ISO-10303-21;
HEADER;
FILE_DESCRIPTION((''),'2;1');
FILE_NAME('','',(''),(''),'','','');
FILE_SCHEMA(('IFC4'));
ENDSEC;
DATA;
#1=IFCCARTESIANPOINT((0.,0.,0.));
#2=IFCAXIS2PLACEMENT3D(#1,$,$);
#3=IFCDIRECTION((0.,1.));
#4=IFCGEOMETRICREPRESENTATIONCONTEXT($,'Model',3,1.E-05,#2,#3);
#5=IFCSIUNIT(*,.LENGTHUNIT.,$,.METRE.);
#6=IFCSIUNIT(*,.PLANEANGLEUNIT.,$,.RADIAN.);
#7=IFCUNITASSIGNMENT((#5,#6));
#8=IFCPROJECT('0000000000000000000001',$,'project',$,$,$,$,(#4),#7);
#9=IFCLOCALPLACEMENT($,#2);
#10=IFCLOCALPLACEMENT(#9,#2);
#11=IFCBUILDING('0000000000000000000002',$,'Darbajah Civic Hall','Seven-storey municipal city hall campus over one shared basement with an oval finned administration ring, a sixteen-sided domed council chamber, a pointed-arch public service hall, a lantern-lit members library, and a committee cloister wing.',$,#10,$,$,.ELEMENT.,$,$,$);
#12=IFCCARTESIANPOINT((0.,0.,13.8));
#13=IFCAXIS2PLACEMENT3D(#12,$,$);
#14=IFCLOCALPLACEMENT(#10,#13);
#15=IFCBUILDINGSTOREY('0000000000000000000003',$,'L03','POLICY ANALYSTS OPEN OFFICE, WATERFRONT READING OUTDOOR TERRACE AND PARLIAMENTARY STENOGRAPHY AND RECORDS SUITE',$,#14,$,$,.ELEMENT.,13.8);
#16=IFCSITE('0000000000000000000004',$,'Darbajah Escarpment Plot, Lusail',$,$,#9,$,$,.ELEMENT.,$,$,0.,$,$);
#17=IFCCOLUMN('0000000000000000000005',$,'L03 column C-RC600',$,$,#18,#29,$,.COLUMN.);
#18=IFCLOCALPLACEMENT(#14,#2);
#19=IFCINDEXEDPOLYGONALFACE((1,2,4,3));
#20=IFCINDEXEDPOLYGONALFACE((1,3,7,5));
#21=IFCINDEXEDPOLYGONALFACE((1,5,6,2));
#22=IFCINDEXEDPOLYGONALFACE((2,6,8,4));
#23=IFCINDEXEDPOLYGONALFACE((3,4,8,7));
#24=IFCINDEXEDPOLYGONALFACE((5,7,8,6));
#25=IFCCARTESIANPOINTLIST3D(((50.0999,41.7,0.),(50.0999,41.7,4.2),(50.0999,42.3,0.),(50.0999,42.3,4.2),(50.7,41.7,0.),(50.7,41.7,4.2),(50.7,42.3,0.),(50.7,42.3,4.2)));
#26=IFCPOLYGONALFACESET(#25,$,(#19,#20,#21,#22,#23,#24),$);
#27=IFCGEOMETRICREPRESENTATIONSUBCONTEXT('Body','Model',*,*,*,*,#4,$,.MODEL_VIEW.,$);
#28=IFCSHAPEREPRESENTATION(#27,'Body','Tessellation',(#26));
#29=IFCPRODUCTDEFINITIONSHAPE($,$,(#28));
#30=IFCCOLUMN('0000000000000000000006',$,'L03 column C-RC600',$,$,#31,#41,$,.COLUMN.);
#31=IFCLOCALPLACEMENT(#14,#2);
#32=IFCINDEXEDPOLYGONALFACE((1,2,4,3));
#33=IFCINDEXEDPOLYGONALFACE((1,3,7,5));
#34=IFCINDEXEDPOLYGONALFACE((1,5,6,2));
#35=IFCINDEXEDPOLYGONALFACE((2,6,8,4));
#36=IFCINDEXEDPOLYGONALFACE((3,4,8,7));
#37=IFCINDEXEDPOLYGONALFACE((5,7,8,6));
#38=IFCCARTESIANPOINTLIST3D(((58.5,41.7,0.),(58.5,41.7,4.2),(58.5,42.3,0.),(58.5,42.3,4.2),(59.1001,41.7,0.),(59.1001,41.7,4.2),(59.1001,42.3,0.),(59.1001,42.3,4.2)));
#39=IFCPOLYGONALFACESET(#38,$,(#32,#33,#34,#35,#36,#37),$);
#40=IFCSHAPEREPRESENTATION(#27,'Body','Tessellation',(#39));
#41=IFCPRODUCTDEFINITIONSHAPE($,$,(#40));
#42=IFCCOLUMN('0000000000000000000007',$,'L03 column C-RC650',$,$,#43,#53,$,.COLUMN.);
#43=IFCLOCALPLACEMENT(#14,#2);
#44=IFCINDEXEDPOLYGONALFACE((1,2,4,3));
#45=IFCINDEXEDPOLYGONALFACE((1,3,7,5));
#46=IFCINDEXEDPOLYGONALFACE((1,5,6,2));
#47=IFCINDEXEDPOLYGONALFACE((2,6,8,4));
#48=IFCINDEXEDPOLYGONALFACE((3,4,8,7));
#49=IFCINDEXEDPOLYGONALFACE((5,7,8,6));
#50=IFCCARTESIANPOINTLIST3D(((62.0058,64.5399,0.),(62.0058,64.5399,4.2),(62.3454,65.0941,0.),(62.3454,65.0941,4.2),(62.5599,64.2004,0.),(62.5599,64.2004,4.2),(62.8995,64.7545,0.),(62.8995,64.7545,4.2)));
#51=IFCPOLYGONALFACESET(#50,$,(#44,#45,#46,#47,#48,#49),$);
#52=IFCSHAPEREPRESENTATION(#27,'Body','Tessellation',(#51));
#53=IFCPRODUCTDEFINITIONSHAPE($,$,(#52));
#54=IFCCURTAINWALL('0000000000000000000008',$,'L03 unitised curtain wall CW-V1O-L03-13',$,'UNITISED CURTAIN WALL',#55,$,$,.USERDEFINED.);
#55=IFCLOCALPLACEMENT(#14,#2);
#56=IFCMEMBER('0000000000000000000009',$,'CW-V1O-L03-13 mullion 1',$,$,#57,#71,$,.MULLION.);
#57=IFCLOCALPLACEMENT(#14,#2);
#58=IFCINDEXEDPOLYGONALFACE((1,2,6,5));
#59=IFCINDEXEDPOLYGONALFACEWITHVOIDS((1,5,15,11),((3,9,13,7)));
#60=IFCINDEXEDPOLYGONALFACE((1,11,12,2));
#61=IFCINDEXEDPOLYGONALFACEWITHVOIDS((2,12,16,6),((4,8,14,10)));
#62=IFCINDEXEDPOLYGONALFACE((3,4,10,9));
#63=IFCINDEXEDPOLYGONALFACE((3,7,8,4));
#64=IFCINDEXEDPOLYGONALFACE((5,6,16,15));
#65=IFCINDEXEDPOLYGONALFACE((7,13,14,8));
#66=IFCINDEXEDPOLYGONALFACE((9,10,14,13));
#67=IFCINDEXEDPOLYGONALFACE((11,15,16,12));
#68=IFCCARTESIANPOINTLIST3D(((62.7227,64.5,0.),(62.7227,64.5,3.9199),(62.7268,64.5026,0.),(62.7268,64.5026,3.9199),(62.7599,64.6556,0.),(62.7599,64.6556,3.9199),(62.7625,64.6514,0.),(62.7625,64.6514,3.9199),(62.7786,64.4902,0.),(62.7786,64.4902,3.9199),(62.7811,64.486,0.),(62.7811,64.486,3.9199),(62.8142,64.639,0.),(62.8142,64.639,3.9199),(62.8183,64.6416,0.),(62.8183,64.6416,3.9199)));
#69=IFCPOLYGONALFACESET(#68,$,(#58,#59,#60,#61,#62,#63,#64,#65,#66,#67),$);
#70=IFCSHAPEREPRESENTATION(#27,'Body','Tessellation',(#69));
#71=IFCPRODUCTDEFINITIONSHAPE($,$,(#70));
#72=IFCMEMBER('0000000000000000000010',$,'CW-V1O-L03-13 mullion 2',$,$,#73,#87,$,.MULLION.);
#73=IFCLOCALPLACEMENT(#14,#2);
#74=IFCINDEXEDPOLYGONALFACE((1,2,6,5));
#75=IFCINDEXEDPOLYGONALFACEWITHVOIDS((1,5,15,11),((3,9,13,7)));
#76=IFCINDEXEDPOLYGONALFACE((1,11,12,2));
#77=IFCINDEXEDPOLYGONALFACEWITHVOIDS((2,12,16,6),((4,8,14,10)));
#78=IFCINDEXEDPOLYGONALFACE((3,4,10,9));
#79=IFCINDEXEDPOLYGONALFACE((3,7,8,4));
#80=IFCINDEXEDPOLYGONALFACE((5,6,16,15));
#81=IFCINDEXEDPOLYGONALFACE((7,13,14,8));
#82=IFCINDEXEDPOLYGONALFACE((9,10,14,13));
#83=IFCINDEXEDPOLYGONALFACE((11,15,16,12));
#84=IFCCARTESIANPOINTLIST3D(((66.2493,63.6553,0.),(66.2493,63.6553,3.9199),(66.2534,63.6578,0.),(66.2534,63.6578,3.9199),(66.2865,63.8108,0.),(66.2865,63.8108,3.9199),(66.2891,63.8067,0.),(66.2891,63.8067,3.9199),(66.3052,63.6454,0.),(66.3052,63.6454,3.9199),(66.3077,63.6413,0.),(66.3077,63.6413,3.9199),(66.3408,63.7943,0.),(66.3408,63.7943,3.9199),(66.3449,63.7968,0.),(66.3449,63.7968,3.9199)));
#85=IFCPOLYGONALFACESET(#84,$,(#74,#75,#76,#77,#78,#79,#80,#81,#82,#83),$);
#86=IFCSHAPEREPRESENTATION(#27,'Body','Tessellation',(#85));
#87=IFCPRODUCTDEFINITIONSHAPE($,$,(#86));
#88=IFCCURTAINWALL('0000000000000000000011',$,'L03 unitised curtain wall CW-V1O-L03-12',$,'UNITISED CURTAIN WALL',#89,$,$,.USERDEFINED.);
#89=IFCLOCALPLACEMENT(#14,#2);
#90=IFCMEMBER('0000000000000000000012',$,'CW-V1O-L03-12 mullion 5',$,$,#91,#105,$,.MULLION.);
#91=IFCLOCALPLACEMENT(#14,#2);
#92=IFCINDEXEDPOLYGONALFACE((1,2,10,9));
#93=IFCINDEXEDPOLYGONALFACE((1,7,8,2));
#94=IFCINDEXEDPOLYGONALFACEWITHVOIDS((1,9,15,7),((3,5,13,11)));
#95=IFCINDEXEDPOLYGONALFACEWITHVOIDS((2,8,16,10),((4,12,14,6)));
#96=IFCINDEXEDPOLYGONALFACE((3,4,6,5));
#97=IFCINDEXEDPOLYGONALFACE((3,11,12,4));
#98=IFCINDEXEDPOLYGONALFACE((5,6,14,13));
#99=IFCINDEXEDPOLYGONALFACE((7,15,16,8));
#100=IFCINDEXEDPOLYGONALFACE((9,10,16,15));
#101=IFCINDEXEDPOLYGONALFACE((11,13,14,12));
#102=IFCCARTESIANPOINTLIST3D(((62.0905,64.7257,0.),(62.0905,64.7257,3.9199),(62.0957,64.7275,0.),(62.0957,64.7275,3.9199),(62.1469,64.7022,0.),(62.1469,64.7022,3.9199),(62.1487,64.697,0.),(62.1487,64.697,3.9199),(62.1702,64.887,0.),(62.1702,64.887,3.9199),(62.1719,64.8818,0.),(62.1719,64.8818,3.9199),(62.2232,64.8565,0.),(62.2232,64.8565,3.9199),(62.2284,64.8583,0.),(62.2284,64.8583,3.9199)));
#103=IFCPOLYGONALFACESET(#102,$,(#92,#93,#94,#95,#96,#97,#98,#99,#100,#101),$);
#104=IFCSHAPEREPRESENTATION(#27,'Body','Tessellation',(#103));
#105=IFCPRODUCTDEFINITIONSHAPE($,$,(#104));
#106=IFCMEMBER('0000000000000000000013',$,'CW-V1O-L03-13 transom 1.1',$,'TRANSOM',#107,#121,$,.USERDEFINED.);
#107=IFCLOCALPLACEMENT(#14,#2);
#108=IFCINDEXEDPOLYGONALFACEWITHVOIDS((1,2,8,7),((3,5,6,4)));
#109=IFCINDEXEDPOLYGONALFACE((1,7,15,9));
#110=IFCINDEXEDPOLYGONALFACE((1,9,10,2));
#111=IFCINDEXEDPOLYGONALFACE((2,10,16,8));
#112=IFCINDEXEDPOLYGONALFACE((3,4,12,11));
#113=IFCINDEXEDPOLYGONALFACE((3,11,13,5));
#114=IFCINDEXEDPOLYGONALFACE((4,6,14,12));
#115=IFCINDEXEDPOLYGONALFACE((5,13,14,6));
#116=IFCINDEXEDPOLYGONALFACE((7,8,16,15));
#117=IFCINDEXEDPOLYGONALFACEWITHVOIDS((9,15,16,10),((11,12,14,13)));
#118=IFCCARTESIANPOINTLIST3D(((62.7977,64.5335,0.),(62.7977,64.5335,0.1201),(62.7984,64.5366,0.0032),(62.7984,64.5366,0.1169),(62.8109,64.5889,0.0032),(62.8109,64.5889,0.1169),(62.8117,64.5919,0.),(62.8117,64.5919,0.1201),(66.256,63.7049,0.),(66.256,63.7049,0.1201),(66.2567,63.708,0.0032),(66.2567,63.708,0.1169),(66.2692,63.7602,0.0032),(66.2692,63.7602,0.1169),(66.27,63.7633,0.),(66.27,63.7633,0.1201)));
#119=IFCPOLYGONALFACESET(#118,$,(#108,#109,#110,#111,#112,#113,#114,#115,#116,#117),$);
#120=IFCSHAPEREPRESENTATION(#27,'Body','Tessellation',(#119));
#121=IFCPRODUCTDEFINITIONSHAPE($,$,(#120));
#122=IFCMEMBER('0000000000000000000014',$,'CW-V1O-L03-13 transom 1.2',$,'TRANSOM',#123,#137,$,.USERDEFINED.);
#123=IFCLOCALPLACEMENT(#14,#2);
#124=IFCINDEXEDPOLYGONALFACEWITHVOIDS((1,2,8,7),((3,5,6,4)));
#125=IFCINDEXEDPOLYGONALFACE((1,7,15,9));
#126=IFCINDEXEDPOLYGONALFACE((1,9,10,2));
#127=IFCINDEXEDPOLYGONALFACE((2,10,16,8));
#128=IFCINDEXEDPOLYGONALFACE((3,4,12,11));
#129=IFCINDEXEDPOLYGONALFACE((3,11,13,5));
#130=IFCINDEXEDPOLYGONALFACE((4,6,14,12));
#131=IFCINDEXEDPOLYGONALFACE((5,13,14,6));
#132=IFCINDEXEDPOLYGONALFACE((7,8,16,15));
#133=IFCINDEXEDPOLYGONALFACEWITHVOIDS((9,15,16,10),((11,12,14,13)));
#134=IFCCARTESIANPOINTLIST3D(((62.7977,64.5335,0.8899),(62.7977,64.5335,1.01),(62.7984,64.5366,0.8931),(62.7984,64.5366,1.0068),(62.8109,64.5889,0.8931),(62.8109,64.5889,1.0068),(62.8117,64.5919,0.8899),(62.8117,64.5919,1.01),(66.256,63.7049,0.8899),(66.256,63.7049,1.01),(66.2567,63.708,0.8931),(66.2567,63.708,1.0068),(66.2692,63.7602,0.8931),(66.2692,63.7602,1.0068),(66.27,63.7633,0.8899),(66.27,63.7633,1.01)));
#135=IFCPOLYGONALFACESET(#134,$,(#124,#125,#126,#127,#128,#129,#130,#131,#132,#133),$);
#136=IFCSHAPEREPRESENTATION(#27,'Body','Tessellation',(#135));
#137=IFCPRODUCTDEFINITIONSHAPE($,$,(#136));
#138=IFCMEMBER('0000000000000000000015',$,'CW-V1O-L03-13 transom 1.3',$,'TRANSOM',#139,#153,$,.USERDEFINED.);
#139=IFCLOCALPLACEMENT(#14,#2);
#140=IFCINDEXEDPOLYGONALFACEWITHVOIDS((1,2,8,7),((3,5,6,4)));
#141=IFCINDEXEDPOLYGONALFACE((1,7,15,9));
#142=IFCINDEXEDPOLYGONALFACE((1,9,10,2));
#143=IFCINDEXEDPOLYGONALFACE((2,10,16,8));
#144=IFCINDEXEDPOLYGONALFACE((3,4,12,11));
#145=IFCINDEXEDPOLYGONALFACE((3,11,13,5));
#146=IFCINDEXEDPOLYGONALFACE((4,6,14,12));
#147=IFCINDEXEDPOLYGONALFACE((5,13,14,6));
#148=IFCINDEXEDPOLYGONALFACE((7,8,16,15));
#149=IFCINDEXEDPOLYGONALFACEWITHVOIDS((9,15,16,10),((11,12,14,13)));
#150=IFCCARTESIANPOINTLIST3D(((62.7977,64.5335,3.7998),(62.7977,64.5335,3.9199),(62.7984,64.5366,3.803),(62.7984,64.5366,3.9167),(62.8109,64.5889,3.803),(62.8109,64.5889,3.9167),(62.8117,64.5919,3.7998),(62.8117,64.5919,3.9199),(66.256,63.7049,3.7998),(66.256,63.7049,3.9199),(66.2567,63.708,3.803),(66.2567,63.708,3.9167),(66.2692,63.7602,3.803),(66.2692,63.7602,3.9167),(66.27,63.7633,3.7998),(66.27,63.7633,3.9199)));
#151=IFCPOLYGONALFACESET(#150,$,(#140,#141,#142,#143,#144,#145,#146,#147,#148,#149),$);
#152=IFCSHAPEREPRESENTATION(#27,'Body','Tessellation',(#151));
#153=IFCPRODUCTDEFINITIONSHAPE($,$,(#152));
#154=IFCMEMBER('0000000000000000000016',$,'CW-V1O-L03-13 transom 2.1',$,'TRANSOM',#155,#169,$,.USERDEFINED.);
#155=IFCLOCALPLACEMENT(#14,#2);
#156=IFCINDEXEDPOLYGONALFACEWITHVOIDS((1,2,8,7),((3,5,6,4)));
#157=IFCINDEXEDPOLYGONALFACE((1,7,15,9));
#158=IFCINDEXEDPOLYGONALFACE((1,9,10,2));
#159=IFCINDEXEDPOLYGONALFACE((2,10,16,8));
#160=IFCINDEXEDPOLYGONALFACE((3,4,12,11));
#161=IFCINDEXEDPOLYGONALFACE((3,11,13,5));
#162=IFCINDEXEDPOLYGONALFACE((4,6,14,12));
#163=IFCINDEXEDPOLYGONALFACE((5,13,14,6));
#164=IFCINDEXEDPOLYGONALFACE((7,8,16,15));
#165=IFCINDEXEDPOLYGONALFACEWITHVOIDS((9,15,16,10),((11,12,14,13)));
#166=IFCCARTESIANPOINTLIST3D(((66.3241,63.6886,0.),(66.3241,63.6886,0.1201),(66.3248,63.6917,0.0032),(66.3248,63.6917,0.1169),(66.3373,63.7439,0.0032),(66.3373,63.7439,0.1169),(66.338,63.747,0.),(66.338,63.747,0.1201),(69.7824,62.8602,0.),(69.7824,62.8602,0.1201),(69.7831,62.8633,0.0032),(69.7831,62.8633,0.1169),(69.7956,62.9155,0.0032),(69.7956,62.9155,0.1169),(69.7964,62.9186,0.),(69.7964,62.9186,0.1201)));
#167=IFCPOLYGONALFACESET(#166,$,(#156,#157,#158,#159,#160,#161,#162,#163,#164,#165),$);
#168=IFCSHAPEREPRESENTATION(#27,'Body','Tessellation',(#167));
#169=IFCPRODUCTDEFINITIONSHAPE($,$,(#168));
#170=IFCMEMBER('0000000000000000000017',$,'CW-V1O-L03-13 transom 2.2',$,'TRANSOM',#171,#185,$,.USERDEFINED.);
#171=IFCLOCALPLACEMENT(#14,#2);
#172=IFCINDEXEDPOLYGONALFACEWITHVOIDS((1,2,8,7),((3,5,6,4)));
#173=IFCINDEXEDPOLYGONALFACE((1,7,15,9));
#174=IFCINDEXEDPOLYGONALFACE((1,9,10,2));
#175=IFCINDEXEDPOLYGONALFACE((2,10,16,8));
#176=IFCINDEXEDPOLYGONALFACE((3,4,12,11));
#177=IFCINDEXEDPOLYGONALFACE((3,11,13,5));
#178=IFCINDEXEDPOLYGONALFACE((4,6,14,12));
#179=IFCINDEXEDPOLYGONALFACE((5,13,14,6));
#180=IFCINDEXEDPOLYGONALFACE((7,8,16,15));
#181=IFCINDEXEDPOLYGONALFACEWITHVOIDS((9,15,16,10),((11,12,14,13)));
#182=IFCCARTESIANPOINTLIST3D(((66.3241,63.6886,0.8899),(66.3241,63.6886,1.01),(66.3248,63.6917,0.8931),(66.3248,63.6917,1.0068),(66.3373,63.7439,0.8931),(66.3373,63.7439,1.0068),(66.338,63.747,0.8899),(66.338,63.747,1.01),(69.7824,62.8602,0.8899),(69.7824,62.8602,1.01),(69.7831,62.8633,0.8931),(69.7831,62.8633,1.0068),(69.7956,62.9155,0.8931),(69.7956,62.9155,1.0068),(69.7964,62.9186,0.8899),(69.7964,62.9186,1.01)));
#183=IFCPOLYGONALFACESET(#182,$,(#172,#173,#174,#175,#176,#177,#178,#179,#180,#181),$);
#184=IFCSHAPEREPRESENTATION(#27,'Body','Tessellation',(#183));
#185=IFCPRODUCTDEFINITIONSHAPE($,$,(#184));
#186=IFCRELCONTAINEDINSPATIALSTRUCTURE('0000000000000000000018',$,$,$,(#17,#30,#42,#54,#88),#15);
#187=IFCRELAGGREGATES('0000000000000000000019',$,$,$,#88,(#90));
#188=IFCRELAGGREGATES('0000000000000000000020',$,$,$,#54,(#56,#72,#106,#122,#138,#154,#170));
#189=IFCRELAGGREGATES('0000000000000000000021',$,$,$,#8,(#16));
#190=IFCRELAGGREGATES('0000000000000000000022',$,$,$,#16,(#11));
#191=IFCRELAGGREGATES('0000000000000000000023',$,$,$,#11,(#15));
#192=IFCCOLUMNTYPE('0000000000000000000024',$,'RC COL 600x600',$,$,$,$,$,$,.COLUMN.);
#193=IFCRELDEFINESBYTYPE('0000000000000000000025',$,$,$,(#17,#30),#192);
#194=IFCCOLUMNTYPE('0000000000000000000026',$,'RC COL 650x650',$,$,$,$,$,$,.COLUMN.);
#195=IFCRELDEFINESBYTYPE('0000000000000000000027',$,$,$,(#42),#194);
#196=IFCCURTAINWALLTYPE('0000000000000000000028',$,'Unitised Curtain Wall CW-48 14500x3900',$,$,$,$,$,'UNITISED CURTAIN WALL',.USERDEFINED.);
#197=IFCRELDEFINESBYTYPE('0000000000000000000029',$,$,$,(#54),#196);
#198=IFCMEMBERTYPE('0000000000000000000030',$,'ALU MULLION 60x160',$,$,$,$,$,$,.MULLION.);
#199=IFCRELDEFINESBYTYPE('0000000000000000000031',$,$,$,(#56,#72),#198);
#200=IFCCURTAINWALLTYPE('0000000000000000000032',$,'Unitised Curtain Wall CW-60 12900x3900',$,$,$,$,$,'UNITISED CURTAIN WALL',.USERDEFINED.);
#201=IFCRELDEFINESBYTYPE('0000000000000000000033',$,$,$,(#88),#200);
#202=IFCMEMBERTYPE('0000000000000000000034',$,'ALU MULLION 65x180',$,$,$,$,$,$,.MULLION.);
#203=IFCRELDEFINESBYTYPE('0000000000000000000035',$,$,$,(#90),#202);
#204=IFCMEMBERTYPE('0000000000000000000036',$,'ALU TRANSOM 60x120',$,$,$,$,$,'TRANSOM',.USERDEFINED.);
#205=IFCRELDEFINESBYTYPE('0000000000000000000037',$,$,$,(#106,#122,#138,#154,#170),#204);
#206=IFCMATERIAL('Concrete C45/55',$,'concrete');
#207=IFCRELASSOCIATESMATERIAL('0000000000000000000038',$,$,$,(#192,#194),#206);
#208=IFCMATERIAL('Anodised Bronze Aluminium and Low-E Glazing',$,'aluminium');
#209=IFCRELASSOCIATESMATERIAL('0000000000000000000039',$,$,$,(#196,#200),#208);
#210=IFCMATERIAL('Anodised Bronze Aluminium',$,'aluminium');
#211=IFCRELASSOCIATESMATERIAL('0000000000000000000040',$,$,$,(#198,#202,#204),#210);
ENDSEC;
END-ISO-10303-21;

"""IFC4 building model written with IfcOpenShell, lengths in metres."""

from ifc_helpers import new_model, si_unit, direction, frame, origin, origin_2d, place, context, subcontext, project, spatial, rectangle, hollow_rectangle, extrude, material, material_profile, profile_set, type_object, element, aggregate, save


model = new_model("IFC4")

# Units and contexts
model_context = context("Model", 3, precision=1e-05, world=origin(), true_north=direction((0.0, 1.0)))
body_context = subcontext(model_context, "Body", "Model", "MODEL_VIEW")
ifc_project = project(units=[si_unit("LENGTHUNIT", "METRE"), si_unit("PLANEANGLEUNIT", "RADIAN")], contexts=[model_context])

# Site, building, storey
site_placement = place(None, origin())
site = spatial("IfcSite", under=ifc_project, at=site_placement, Name="Darbajah Escarpment Plot, Lusail", CompositionType="ELEMENT", RefElevation=0.0)
building_placement = place(site_placement, origin())
building = spatial("IfcBuilding", under=site, at=building_placement, Name="Darbajah Civic Hall", Description="Seven-storey municipal city hall campus over one shared basement with an oval finned administration ring, a sixteen-sided domed council chamber, a pointed-arch public service hall, a lantern-lit members library, and a committee cloister wing.", CompositionType="ELEMENT")
storey_placement = place(building_placement, frame((0.0, 0.0, 13.8)))
storey = spatial("IfcBuildingStorey", under=building, at=storey_placement, Name="L03", Description="POLICY ANALYSTS OPEN OFFICE, WATERFRONT READING OUTDOOR TERRACE AND PARLIAMENTARY STENOGRAPHY AND RECORDS SUITE", CompositionType="ELEMENT", Elevation=13.8)

# Columns
ifc_material_1 = material(Name="Concrete C45/55", Category="concrete")
ifc_material_profile_1 = material_profile(ifc_material_1, rectangle(XDim=0.6001, YDim=0.6001, at=origin_2d()), Name="RC COL 600x600")
ifc_profile_set_1 = profile_set([ifc_material_profile_1], Name="Concrete C45/55")
column_type_1 = type_object("IfcColumnType", Name="RC COL 600x600", PredefinedType="COLUMN", material=ifc_profile_set_1)
for number, where, z_axis, x_axis, name in (
    (1, (50.3999, 42.0, 0.0), (0.0, 0.0, 1.0), (1.0, 0.0, 0.0), "L03 column C-RC600"),
    (2, (58.8, 42.0, 0.0), (0.0, 0.0, 1.0), (1.0, 0.0, 0.0), "L03 column C-RC600"),
):
    element("IfcColumn", number, at=place(storey_placement, frame(where, z_axis=z_axis, x_axis=x_axis)), inside=storey, type_object=column_type_1, Name=name, PredefinedType="COLUMN", context=body_context, shape_type="SweptSolid", body=[
        extrude(rectangle(XDim=0.6001, YDim=0.6001, at=origin_2d()), origin(), (0.0, 0.0, 1.0), 4.2),
    ])
ifc_material_profile_2 = material_profile(ifc_material_1, rectangle(XDim=0.6499, YDim=0.6499, at=origin_2d()), Name="RC COL 650x650")
ifc_profile_set_2 = profile_set([ifc_material_profile_2], Name="Concrete C45/55")
column_type_2 = type_object("IfcColumnType", Name="RC COL 650x650", PredefinedType="COLUMN", material=ifc_profile_set_2)
column_placement = place(storey_placement, frame((62.4526, 64.6472, 0.0), z_axis=(0.0, 0.0, 1.0), x_axis=(-0.522499, -0.85264, 0.0)))
element("IfcColumn", 3, at=column_placement, inside=storey, type_object=column_type_2, Name="L03 column C-RC650", PredefinedType="COLUMN", context=body_context, shape_type="SweptSolid", body=[
    extrude(rectangle(XDim=0.6499, YDim=0.6499, at=origin_2d()), origin(), (0.0, 0.0, 1.0), 4.2),
])

# Curtain wall, members
ifc_material_2 = material(Name="Anodised Bronze Aluminium and Low-E Glazing", Category="aluminium")
curtain_wall_type_1 = type_object("IfcCurtainWallType", Name="Unitised Curtain Wall CW-48 14500x3900", ElementType="UNITISED CURTAIN WALL", PredefinedType="USERDEFINED", material=ifc_material_2)
curtain_wall_1_placement = place(storey_placement, origin())
curtain_wall_1 = element("IfcCurtainWall", 4, at=curtain_wall_1_placement, inside=storey, type_object=curtain_wall_type_1, Name="L03 unitised curtain wall CW-V1O-L03-13", ObjectType="UNITISED CURTAIN WALL", PredefinedType="USERDEFINED")
ifc_material_3 = material(Name="Anodised Bronze Aluminium", Category="aluminium")
ifc_material_profile_3 = material_profile(ifc_material_3, hollow_rectangle(XDim=0.0601, YDim=0.1599, WallThickness=0.0034, at=origin_2d()), Name="ALU MULLION 60x160")
ifc_profile_set_3 = profile_set([ifc_material_profile_3], Name="Anodised Bronze Aluminium")
member_type_1 = type_object("IfcMemberType", Name="ALU MULLION 60x160", PredefinedType="MULLION", material=ifc_profile_set_3)
member_1_placement = place(storey_placement, frame((62.7705, 64.5708, 0.0), z_axis=(0.0, 0.0, 1.0), x_axis=(0.972492, -0.232936, 0.0)))
member_1 = element("IfcMember", 5, at=member_1_placement, type_object=member_type_1, Name="CW-V1O-L03-13 mullion 1", PredefinedType="MULLION", context=body_context, shape_type="SweptSolid", body=[
    extrude(hollow_rectangle(XDim=0.0601, YDim=0.1599, WallThickness=0.0034, at=origin_2d()), origin(), (0.0, 0.0, 1.0), 3.9199),
])
member_2_placement = place(storey_placement, frame((66.2971, 63.7261, 0.0), z_axis=(0.0, 0.0, 1.0), x_axis=(0.972492, -0.232936, 0.0)))
member_2 = element("IfcMember", 6, at=member_2_placement, type_object=member_type_1, Name="CW-V1O-L03-13 mullion 2", PredefinedType="MULLION", context=body_context, shape_type="SweptSolid", body=[
    extrude(hollow_rectangle(XDim=0.0601, YDim=0.1599, WallThickness=0.0034, at=origin_2d()), origin(), (0.0, 0.0, 1.0), 3.9199),
])

# Curtain wall, member
curtain_wall_type_2 = type_object("IfcCurtainWallType", Name="Unitised Curtain Wall CW-60 12900x3900", ElementType="UNITISED CURTAIN WALL", PredefinedType="USERDEFINED", material=ifc_material_2)
curtain_wall_2_placement = place(storey_placement, origin())
curtain_wall_2 = element("IfcCurtainWall", 7, at=curtain_wall_2_placement, inside=storey, type_object=curtain_wall_type_2, Name="L03 unitised curtain wall CW-V1O-L03-12", ObjectType="UNITISED CURTAIN WALL", PredefinedType="USERDEFINED")
ifc_material_profile_4 = material_profile(ifc_material_3, hollow_rectangle(XDim=0.0649, YDim=0.1799, WallThickness=0.0039, at=origin_2d()), Name="ALU MULLION 65x180")
ifc_profile_set_4 = profile_set([ifc_material_profile_4], Name="Anodised Bronze Aluminium")
member_type_2 = type_object("IfcMemberType", Name="ALU MULLION 65x180", PredefinedType="MULLION", material=ifc_profile_set_4)
member_3_placement = place(storey_placement, frame((62.1594, 64.792, 0.0), z_axis=(0.0, 0.0, 1.0), x_axis=(0.896564, -0.442915, 0.0)))
member_3 = element("IfcMember", 8, at=member_3_placement, type_object=member_type_2, Name="CW-V1O-L03-12 mullion 5", PredefinedType="MULLION", context=body_context, shape_type="SweptSolid", body=[
    extrude(hollow_rectangle(XDim=0.0649, YDim=0.1799, WallThickness=0.0039, at=origin_2d()), origin(), (0.0, 0.0, 1.0), 3.9199),
])
aggregate(curtain_wall_2, [member_3])

# Members
ifc_material_profile_5 = material_profile(ifc_material_3, hollow_rectangle(XDim=0.0601, YDim=0.1201, WallThickness=0.0032, at=origin_2d()), Name="ALU TRANSOM 60x120")
ifc_profile_set_5 = profile_set([ifc_material_profile_5], Name="Anodised Bronze Aluminium")
member_type_3 = type_object("IfcMemberType", Name="ALU TRANSOM 60x120", ElementType="TRANSOM", PredefinedType="USERDEFINED", material=ifc_profile_set_5)
member_4_placement = place(storey_placement, frame((62.8047, 64.5627, 0.0601), z_axis=(0.972474, -0.233009, 0.0), x_axis=(0.233009, 0.972474, 0.0)))
member_4 = element("IfcMember", 9, at=member_4_placement, type_object=member_type_3, Name="CW-V1O-L03-13 transom 1.1", ObjectType="TRANSOM", PredefinedType="USERDEFINED", context=body_context, shape_type="SweptSolid", body=[
    extrude(hollow_rectangle(XDim=0.0601, YDim=0.1201, WallThickness=0.0032, at=origin_2d()), origin(), (0.0, 0.0, 1.0), 3.5562),
])
member_5_placement = place(storey_placement, frame((62.8047, 64.5627, 0.95), z_axis=(0.972474, -0.233009, 0.0), x_axis=(0.233009, 0.972474, 0.0)))
member_5 = element("IfcMember", 10, at=member_5_placement, type_object=member_type_3, Name="CW-V1O-L03-13 transom 1.2", ObjectType="TRANSOM", PredefinedType="USERDEFINED", context=body_context, shape_type="SweptSolid", body=[
    extrude(hollow_rectangle(XDim=0.0601, YDim=0.1201, WallThickness=0.0032, at=origin_2d()), origin(), (0.0, 0.0, 1.0), 3.5562),
])
member_6_placement = place(storey_placement, frame((62.8047, 64.5627, 3.8599), z_axis=(0.972474, -0.233009, 0.0), x_axis=(0.233009, 0.972474, 0.0)))
member_6 = element("IfcMember", 11, at=member_6_placement, type_object=member_type_3, Name="CW-V1O-L03-13 transom 1.3", ObjectType="TRANSOM", PredefinedType="USERDEFINED", context=body_context, shape_type="SweptSolid", body=[
    extrude(hollow_rectangle(XDim=0.0601, YDim=0.1201, WallThickness=0.0032, at=origin_2d()), origin(), (0.0, 0.0, 1.0), 3.5562),
])
member_7_placement = place(storey_placement, frame((66.3311, 63.7178, 0.0601), z_axis=(0.97249, -0.232944, 0.0), x_axis=(0.232944, 0.97249, 0.0)))
member_7 = element("IfcMember", 12, at=member_7_placement, type_object=member_type_3, Name="CW-V1O-L03-13 transom 2.1", ObjectType="TRANSOM", PredefinedType="USERDEFINED", context=body_context, shape_type="SweptSolid", body=[
    extrude(hollow_rectangle(XDim=0.0601, YDim=0.1201, WallThickness=0.0032, at=origin_2d()), origin(), (0.0, 0.0, 1.0), 3.5562),
])
member_8_placement = place(storey_placement, frame((66.3311, 63.7178, 0.95), z_axis=(0.97249, -0.232944, 0.0), x_axis=(0.232944, 0.97249, 0.0)))
member_8 = element("IfcMember", 13, at=member_8_placement, type_object=member_type_3, Name="CW-V1O-L03-13 transom 2.2", ObjectType="TRANSOM", PredefinedType="USERDEFINED", context=body_context, shape_type="SweptSolid", body=[
    extrude(hollow_rectangle(XDim=0.0601, YDim=0.1201, WallThickness=0.0032, at=origin_2d()), origin(), (0.0, 0.0, 1.0), 3.5562),
])

aggregate(curtain_wall_1, [member_1, member_2, member_4, member_5, member_6, member_7, member_8])

save(model, "model.ifc")
